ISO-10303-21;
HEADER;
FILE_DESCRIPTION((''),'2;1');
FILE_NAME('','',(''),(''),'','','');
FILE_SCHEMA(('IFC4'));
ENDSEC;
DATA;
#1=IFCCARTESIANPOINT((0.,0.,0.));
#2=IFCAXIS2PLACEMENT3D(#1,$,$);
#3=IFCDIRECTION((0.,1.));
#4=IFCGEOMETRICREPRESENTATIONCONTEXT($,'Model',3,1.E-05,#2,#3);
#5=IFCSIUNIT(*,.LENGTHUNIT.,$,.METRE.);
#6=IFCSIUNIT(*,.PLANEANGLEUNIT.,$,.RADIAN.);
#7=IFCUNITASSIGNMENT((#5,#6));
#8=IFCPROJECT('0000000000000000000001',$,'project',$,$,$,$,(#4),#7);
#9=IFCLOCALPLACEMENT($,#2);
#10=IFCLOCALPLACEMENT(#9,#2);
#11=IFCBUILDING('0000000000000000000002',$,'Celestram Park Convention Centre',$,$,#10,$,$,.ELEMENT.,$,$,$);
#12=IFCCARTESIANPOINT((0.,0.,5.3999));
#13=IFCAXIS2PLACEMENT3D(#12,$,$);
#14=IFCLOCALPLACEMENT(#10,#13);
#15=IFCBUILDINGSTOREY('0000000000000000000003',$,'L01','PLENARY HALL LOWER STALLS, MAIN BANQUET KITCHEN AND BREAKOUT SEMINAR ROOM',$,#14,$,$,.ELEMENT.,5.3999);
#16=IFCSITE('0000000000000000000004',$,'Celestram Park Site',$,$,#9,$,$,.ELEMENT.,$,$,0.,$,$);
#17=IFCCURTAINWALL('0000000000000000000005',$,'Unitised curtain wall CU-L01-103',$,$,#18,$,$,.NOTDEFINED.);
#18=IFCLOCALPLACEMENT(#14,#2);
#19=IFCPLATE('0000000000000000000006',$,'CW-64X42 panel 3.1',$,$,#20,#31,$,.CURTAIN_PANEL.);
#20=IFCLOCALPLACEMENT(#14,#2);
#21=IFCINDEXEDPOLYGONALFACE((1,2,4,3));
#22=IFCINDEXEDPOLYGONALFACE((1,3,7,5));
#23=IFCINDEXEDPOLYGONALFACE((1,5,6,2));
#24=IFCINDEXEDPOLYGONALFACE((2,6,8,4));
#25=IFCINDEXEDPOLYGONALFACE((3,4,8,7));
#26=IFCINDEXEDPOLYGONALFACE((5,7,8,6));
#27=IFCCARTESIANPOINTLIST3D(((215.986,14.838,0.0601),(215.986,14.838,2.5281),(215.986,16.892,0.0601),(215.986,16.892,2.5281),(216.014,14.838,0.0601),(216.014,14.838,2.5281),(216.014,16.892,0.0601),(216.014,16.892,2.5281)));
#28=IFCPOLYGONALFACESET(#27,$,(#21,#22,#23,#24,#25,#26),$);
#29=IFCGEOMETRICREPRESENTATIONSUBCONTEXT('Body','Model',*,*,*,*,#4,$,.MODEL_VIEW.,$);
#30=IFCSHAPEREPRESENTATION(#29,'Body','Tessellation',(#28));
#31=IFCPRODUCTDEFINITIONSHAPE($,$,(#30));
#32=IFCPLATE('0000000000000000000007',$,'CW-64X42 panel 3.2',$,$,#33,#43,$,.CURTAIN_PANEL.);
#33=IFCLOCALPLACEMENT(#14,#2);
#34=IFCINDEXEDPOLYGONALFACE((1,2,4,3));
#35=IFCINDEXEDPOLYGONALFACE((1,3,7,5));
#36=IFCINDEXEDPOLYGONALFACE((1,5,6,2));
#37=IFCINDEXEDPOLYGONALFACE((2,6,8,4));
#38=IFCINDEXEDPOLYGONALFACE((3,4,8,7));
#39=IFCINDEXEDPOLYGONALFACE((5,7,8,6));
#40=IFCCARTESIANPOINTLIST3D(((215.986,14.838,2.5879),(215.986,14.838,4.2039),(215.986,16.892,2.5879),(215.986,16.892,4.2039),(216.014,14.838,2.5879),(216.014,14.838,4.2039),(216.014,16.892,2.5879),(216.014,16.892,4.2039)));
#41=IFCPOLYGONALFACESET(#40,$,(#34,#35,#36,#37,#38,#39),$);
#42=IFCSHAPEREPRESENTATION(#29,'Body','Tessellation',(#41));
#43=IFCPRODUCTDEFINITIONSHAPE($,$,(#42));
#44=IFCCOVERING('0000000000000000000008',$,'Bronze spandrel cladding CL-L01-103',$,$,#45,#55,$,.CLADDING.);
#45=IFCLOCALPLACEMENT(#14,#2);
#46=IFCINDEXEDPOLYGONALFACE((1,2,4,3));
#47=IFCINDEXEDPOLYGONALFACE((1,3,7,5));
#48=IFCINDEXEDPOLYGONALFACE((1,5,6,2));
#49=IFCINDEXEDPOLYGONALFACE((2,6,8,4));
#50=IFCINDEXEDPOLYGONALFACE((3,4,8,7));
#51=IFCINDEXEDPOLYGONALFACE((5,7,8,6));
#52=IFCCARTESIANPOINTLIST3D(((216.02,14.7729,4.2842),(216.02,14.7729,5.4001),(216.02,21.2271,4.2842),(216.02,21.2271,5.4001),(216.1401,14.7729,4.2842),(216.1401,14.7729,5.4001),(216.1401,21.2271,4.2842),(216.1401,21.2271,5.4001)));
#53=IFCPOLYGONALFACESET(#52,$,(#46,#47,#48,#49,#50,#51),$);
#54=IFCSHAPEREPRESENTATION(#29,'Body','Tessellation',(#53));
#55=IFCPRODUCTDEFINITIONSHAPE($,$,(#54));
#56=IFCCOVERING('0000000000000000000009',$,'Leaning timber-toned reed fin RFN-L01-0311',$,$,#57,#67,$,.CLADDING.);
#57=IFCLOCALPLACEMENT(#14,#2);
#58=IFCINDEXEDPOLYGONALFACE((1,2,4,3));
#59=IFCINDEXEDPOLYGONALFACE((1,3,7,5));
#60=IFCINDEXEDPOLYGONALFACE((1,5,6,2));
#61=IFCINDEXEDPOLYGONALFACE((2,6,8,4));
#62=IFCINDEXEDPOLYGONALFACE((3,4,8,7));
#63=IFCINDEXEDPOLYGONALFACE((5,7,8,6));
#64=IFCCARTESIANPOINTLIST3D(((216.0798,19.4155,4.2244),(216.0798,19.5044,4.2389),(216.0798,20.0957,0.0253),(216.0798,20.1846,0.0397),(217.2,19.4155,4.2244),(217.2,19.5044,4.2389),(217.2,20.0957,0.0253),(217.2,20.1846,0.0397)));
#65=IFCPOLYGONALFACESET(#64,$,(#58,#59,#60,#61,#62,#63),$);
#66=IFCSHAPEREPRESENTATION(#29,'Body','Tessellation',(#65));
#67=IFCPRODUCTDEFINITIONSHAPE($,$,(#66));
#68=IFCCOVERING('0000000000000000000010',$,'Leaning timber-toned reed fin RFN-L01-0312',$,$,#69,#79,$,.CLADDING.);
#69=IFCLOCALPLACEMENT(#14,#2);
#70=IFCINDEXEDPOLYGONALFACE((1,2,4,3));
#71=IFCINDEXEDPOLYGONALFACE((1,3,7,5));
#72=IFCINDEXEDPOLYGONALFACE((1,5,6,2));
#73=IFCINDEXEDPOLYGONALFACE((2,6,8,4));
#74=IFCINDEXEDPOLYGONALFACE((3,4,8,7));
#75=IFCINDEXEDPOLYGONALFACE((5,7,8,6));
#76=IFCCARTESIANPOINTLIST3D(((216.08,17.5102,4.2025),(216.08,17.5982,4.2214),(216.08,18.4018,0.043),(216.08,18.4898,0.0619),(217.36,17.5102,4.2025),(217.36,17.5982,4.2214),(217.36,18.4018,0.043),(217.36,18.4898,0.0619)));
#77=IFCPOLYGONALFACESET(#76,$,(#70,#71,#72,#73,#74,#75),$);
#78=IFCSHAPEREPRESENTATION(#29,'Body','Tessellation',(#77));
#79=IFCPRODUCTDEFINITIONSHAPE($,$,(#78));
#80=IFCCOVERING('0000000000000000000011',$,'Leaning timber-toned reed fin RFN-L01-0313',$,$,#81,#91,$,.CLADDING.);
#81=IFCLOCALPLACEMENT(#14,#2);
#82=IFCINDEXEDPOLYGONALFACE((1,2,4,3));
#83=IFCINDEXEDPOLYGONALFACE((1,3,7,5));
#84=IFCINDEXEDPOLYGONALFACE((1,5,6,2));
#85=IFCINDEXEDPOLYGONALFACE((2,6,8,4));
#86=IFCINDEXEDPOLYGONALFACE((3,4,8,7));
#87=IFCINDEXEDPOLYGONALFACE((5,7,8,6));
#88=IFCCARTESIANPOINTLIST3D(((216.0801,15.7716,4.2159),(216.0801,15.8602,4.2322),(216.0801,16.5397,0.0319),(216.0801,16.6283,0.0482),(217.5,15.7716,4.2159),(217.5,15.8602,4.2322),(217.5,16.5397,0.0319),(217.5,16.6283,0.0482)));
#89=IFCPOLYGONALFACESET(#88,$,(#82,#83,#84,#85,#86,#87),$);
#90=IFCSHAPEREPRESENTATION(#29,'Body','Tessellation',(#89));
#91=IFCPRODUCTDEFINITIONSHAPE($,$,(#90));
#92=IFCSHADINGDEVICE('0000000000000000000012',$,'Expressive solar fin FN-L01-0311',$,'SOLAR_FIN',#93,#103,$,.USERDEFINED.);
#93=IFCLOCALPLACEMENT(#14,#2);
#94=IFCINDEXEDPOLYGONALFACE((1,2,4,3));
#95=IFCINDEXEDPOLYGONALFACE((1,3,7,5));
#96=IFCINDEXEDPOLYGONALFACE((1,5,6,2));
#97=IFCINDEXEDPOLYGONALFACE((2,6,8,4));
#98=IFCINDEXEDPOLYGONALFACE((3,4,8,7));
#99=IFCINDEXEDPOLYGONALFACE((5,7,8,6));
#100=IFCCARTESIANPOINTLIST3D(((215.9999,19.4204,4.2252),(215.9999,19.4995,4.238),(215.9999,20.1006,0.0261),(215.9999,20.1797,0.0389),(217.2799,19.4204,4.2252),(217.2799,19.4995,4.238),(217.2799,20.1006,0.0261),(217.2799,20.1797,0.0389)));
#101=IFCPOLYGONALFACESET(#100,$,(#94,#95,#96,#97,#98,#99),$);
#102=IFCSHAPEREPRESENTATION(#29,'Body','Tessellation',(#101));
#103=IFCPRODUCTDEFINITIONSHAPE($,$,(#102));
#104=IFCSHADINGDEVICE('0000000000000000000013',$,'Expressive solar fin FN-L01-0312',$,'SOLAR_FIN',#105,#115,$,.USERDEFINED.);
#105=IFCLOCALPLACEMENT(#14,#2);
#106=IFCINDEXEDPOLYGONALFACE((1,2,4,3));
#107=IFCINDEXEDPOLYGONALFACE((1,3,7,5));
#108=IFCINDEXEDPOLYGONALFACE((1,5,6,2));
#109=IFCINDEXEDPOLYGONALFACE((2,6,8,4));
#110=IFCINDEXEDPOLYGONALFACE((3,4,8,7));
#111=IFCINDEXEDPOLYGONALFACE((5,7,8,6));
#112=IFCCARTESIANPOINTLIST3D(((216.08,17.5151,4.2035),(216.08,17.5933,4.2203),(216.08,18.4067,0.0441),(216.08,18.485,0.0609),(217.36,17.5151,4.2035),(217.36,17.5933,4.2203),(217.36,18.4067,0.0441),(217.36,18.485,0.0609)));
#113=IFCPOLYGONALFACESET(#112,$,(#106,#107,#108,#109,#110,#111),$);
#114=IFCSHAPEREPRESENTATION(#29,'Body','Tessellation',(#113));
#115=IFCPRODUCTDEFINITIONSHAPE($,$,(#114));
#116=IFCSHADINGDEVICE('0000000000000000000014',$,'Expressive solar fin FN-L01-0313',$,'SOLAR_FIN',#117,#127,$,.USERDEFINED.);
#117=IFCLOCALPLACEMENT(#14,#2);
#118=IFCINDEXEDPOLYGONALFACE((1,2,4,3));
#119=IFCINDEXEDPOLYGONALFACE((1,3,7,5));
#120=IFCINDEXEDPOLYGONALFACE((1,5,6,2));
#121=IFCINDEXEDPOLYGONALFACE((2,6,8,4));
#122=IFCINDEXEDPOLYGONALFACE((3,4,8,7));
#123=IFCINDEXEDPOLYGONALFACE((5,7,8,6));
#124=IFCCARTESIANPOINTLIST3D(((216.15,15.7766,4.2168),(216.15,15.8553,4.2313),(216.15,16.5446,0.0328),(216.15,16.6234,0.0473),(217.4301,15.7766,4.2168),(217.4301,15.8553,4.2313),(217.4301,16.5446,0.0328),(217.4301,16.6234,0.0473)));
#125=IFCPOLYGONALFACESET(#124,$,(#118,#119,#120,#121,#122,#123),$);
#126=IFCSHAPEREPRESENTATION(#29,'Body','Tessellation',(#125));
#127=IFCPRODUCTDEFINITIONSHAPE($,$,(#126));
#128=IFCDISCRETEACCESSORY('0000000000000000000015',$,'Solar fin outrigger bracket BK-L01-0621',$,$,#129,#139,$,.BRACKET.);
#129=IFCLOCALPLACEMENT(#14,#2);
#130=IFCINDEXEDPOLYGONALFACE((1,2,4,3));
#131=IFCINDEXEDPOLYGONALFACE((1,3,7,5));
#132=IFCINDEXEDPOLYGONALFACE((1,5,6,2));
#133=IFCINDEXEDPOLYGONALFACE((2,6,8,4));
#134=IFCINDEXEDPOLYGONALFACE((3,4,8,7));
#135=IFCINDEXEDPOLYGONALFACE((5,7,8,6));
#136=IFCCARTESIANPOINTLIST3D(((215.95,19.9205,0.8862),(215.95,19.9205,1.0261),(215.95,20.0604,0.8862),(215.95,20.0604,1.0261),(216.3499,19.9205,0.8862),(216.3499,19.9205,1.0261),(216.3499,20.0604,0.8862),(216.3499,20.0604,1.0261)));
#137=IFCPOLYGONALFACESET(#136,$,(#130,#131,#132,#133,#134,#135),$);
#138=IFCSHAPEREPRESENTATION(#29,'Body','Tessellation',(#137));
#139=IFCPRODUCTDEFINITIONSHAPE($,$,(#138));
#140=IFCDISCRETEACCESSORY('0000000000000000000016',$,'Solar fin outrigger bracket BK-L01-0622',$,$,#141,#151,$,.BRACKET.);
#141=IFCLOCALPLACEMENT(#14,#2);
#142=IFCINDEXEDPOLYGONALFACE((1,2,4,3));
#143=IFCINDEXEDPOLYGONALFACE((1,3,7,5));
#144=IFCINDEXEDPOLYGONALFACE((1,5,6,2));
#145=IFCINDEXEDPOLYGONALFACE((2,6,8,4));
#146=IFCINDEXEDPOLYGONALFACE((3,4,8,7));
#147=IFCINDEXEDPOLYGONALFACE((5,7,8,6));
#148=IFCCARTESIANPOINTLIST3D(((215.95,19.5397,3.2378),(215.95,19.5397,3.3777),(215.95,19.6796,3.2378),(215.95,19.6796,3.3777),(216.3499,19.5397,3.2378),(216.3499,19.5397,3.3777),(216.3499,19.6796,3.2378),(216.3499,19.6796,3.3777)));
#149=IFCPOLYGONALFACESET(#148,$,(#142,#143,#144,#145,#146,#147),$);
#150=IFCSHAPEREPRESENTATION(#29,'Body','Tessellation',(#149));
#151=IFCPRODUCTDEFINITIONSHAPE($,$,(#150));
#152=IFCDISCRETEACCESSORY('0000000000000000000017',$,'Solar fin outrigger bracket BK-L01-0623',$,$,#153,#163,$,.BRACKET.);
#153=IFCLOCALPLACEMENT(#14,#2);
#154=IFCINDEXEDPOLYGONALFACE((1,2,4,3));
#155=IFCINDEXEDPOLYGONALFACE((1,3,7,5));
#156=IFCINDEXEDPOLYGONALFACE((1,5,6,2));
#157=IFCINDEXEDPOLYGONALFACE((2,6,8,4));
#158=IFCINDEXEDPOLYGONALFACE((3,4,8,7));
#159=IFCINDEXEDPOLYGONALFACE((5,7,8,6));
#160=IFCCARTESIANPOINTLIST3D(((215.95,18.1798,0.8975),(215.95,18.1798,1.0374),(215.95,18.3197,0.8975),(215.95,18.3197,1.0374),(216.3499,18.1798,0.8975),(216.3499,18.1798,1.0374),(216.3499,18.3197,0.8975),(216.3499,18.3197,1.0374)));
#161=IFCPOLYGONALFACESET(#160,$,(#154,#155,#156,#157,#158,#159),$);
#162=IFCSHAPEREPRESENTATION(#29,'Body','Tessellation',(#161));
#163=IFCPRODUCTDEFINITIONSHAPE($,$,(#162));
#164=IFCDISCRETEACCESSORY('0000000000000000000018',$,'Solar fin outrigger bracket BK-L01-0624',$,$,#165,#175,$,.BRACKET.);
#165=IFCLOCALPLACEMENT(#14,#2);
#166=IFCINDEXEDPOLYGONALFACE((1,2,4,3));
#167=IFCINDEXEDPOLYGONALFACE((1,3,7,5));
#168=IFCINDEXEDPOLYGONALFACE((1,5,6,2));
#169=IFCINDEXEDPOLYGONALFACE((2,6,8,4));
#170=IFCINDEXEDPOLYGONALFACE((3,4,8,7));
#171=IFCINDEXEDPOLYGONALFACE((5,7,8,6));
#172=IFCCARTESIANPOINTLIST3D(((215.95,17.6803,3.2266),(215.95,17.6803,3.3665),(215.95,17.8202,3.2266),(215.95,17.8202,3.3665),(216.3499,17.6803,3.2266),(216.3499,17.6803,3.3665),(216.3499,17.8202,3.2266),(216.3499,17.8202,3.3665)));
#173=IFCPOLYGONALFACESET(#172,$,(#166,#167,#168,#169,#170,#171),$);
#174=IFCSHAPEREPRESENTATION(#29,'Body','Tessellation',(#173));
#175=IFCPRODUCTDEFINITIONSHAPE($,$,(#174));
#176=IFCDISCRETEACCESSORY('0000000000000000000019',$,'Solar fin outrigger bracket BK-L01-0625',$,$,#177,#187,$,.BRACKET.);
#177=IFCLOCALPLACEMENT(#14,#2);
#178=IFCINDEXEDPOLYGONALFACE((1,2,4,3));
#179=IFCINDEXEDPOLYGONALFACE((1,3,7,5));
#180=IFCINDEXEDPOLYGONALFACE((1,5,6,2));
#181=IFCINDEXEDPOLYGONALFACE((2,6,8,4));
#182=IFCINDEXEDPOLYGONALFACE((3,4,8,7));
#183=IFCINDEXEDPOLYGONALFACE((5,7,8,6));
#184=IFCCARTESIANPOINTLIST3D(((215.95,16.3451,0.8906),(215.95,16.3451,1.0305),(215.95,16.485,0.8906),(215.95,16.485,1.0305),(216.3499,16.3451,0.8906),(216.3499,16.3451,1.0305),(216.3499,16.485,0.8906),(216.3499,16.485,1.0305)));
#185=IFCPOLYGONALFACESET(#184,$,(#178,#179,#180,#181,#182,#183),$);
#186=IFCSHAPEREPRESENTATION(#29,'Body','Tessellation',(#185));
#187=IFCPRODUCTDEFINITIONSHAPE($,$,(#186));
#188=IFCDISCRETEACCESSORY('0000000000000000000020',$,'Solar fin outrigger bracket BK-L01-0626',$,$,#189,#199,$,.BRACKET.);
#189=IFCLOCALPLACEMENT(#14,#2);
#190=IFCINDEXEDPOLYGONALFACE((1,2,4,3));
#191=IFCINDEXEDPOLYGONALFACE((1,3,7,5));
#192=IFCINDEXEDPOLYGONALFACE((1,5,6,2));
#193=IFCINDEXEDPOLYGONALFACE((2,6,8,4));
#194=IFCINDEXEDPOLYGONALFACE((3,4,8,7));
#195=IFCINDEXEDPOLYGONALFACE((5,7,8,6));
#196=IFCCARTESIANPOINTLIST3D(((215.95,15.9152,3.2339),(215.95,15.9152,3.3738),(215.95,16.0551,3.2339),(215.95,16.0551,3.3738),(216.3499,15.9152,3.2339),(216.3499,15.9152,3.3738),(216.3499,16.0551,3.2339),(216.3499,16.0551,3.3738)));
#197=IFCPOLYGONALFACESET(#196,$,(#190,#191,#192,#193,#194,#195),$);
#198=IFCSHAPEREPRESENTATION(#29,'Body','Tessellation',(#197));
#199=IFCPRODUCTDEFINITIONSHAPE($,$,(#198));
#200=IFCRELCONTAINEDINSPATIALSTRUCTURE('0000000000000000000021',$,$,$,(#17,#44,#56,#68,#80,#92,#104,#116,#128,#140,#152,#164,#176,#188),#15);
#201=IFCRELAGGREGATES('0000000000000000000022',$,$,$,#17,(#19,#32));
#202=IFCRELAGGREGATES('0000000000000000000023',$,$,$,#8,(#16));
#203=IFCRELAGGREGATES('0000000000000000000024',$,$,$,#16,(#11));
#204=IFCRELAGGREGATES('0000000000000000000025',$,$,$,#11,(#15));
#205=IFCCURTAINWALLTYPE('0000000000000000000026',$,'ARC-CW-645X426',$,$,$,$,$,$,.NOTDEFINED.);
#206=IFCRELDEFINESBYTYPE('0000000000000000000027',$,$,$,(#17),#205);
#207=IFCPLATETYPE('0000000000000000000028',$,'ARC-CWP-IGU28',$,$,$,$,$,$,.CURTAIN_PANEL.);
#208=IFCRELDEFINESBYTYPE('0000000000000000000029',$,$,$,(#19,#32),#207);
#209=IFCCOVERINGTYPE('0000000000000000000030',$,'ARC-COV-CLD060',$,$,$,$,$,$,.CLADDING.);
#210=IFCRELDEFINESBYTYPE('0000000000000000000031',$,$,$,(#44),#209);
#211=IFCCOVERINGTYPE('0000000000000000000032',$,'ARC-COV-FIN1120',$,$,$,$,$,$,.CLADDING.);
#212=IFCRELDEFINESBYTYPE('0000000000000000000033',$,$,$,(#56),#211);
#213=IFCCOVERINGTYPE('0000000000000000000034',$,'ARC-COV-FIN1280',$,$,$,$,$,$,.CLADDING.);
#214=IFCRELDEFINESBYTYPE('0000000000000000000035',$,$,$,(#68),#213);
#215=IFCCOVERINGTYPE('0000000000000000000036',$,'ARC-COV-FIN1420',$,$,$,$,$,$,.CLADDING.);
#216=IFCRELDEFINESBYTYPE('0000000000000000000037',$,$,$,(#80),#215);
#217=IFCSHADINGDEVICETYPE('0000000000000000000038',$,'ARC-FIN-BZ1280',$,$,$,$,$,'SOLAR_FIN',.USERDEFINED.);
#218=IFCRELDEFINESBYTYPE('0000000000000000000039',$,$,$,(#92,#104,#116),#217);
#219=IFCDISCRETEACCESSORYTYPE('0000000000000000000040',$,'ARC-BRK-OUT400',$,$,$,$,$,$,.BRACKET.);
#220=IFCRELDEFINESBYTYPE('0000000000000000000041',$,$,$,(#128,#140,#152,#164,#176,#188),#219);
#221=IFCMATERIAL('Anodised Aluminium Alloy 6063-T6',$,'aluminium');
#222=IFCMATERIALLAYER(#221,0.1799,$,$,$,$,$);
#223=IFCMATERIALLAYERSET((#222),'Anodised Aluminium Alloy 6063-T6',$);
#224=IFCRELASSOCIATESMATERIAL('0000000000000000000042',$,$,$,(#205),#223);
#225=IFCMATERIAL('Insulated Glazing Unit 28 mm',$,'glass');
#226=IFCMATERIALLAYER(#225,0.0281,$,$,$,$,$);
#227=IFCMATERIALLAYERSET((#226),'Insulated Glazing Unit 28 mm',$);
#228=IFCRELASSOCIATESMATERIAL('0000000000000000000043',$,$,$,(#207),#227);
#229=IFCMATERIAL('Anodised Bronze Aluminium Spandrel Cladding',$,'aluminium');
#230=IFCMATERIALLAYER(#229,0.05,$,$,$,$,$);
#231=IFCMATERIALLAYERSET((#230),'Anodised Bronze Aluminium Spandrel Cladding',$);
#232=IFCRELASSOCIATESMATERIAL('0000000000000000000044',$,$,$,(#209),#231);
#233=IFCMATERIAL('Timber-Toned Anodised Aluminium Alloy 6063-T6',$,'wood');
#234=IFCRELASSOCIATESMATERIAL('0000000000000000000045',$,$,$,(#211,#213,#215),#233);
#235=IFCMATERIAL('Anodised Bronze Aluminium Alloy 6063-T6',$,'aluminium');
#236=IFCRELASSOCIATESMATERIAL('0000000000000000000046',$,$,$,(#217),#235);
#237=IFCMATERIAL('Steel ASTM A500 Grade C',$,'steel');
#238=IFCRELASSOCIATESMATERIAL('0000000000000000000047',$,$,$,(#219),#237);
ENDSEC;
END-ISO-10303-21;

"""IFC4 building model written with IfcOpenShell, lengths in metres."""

from ifc_helpers import new_model, si_unit, direction, frame, origin, origin_2d, place, context, subcontext, project, spatial, rectangle, extrude, material, layer, layer_set, material_profile, profile_set, type_object, element, aggregate, save


model = new_model("IFC4")

# Units and contexts
model_context = context("Model", 3, precision=1e-05, world=origin(), true_north=direction((0.0, 1.0)))
body_context = subcontext(model_context, "Body", "Model", "MODEL_VIEW")
ifc_project = project(units=[si_unit("LENGTHUNIT", "METRE"), si_unit("PLANEANGLEUNIT", "RADIAN")], contexts=[model_context])

# Site, building, storey
site_placement = place(None, origin())
site = spatial("IfcSite", under=ifc_project, at=site_placement, Name="Celestram Park Site", CompositionType="ELEMENT", RefElevation=0.0)
building_placement = place(site_placement, origin())
building = spatial("IfcBuilding", under=site, at=building_placement, Name="Celestram Park Convention Centre", CompositionType="ELEMENT")
storey_placement = place(building_placement, frame((0.0, 0.0, 5.3999)))
storey = spatial("IfcBuildingStorey", under=building, at=storey_placement, Name="L01", Description="PLENARY HALL LOWER STALLS, MAIN BANQUET KITCHEN AND BREAKOUT SEMINAR ROOM", CompositionType="ELEMENT", Elevation=5.3999)

# Curtain wall
ifc_material_1 = material(Name="Anodised Aluminium Alloy 6063-T6", Category="aluminium")
ifc_layer_1 = layer(ifc_material_1, 0.1799)
ifc_layer_set_1 = layer_set([ifc_layer_1], Name="Anodised Aluminium Alloy 6063-T6")
curtain_wall_type = type_object("IfcCurtainWallType", Name="ARC-CW-645X426", PredefinedType="NOTDEFINED", material=ifc_layer_set_1)
curtain_wall_1_placement = place(storey_placement, origin())
curtain_wall_1 = element("IfcCurtainWall", 1, at=curtain_wall_1_placement, inside=storey, type_object=curtain_wall_type, Name="Unitised curtain wall CU-L01-103", PredefinedType="NOTDEFINED")

# Shared definitions
ifc_material_2 = material(Name="Steel ASTM A500 Grade C", Category="steel")

# Plates
ifc_material_3 = material(Name="Insulated Glazing Unit 28 mm", Category="glass")
ifc_layer_2 = layer(ifc_material_3, 0.0281)
ifc_layer_set_2 = layer_set([ifc_layer_2], Name="Insulated Glazing Unit 28 mm")
plate_type = type_object("IfcPlateType", Name="ARC-CWP-IGU28", PredefinedType="CURTAIN_PANEL", material=ifc_layer_set_2)
plate_1_placement = place(storey_placement, frame((216.0, 15.865, 0.0601), z_axis=(0.0, 0.0, 1.0), x_axis=(0.0, -1.0, 0.0)))
plate_1 = element("IfcPlate", 2, at=plate_1_placement, type_object=plate_type, Name="CW-64X42 panel 3.1", PredefinedType="CURTAIN_PANEL", context=body_context, shape_type="SweptSolid", body=[
    extrude(rectangle(XDim=2.054, YDim=0.0281, at=origin_2d()), origin(), (0.0, 0.0, 1.0), 2.468),
])
plate_2_placement = place(storey_placement, frame((216.0, 15.865, 2.5879), z_axis=(0.0, 0.0, 1.0), x_axis=(0.0, -1.0, 0.0)))
plate_2 = element("IfcPlate", 3, at=plate_2_placement, type_object=plate_type, Name="CW-64X42 panel 3.2", PredefinedType="CURTAIN_PANEL", context=body_context, shape_type="SweptSolid", body=[
    extrude(rectangle(XDim=2.054, YDim=0.0281, at=origin_2d()), origin(), (0.0, 0.0, 1.0), 1.616),
])
aggregate(curtain_wall_1, [plate_1, plate_2])

# Coverings
ifc_material_4 = material(Name="Anodised Bronze Aluminium Spandrel Cladding", Category="aluminium")
ifc_layer_3 = layer(ifc_material_4, 0.05)
ifc_layer_set_3 = layer_set([ifc_layer_3], Name="Anodised Bronze Aluminium Spandrel Cladding")
covering_type_1 = type_object("IfcCoveringType", Name="ARC-COV-CLD060", PredefinedType="CLADDING", material=ifc_layer_set_3)
covering_1_placement = place(storey_placement, frame((216.0801, 18.0, 4.2842), z_axis=(0.0, 0.0, 1.0), x_axis=(0.0, -1.0, 0.0)))
element("IfcCovering", 4, at=covering_1_placement, inside=storey, type_object=covering_type_1, Name="Bronze spandrel cladding CL-L01-103", PredefinedType="CLADDING", context=body_context, shape_type="SweptSolid", body=[
    extrude(rectangle(XDim=6.4541, YDim=0.1201, at=origin_2d()), origin(), (0.0, 0.0, 1.0), 1.116),
])
ifc_material_5 = material(Name="Timber-Toned Anodised Aluminium Alloy 6063-T6", Category="wood")
ifc_material_profile_1 = material_profile(ifc_material_5, rectangle(XDim=1.1201, YDim=0.0901, at=origin_2d()), Name="REED1120X90")
ifc_profile_set_1 = profile_set([ifc_material_profile_1], Name="Timber-Toned Anodised Aluminium Alloy 6063-T6")
covering_type_2 = type_object("IfcCoveringType", Name="ARC-COV-FIN1120", PredefinedType="CLADDING", material=ifc_profile_set_1)
covering_2_placement = place(storey_placement, frame((216.6399, 20.1401, 0.0325), z_axis=(0.0, -0.159893, 0.987134), x_axis=(1.0, 0.0, 0.0)))
element("IfcCovering", 5, at=covering_2_placement, inside=storey, type_object=covering_type_2, Name="Leaning timber-toned reed fin RFN-L01-0311", PredefinedType="CLADDING", context=body_context, shape_type="SweptSolid", body=[
    extrude(rectangle(XDim=1.1201, YDim=0.0901, at=origin_2d()), origin(), (0.0, 0.0, 1.0), 4.2539),
])
ifc_material_profile_2 = material_profile(ifc_material_5, rectangle(XDim=1.28, YDim=0.0901, at=origin_2d()), Name="REED1280X90")
ifc_profile_set_2 = profile_set([ifc_material_profile_2], Name="Timber-Toned Anodised Aluminium Alloy 6063-T6")
covering_type_3 = type_object("IfcCoveringType", Name="ARC-COV-FIN1280", PredefinedType="CLADDING", material=ifc_profile_set_2)
covering_3_placement = place(storey_placement, frame((216.72, 18.4458, 0.0525), z_axis=(0.0, -0.209596, 0.977788), x_axis=(1.0, 0.0, 0.0)))
element("IfcCovering", 6, at=covering_3_placement, inside=storey, type_object=covering_type_3, Name="Leaning timber-toned reed fin RFN-L01-0312", PredefinedType="CLADDING", context=body_context, shape_type="SweptSolid", body=[
    extrude(rectangle(XDim=1.28, YDim=0.0901, at=origin_2d()), origin(), (0.0, 0.0, 1.0), 4.2539),
])
ifc_material_profile_3 = material_profile(ifc_material_5, rectangle(XDim=1.4199, YDim=0.0901, at=origin_2d()), Name="REED1420X90")
ifc_profile_set_3 = profile_set([ifc_material_profile_3], Name="Timber-Toned Anodised Aluminium Alloy 6063-T6")
covering_type_4 = type_object("IfcCoveringType", Name="ARC-COV-FIN1420", PredefinedType="CLADDING", material=ifc_profile_set_3)
covering_4_placement = place(storey_placement, frame((216.79, 16.584, 0.04), z_axis=(0.0, -0.180552, 0.983565), x_axis=(1.0, 0.0, 0.0)))
element("IfcCovering", 7, at=covering_4_placement, inside=storey, type_object=covering_type_4, Name="Leaning timber-toned reed fin RFN-L01-0313", PredefinedType="CLADDING", context=body_context, shape_type="SweptSolid", body=[
    extrude(rectangle(XDim=1.4199, YDim=0.0901, at=origin_2d()), origin(), (0.0, 0.0, 1.0), 4.2539),
])

# Shading devices
ifc_material_6 = material(Name="Anodised Bronze Aluminium Alloy 6063-T6", Category="aluminium")
ifc_material_profile_4 = material_profile(ifc_material_6, rectangle(XDim=1.28, YDim=0.0801, at=origin_2d()), Name="FIN1280X80")
ifc_profile_set_4 = profile_set([ifc_material_profile_4], Name="Anodised Bronze Aluminium Alloy 6063-T6")
shading_device_type = type_object("IfcShadingDeviceType", Name="ARC-FIN-BZ1280", ElementType="SOLAR_FIN", PredefinedType="USERDEFINED", material=ifc_profile_set_4)
for number, where, z_axis, x_axis, name in (
    (8, (216.6399, 20.1401, 0.0325), (0.0, -0.159893, 0.987134), (1.0, 0.0, 0.0), "Expressive solar fin FN-L01-0311"),
    (9, (216.72, 18.4458, 0.0525), (0.0, -0.209596, 0.977788), (1.0, 0.0, 0.0), "Expressive solar fin FN-L01-0312"),
    (10, (216.79, 16.584, 0.04), (0.0, -0.180552, 0.983565), (1.0, 0.0, 0.0), "Expressive solar fin FN-L01-0313"),
):
    element("IfcShadingDevice", number, at=place(storey_placement, frame(where, z_axis=z_axis, x_axis=x_axis)), inside=storey, type_object=shading_device_type, Name=name, ObjectType="SOLAR_FIN", PredefinedType="USERDEFINED", context=body_context, shape_type="SweptSolid", body=[
        extrude(rectangle(XDim=1.28, YDim=0.0801, at=origin_2d()), origin(), (0.0, 0.0, 1.0), 4.2539),
    ])

# Discrete accessories
discrete_accessory_type = type_object("IfcDiscreteAccessoryType", Name="ARC-BRK-OUT400", PredefinedType="BRACKET", material=ifc_material_2)
for number, where, z_axis, x_axis, name in (
    (11, (216.1499, 19.9905, 0.8862), (0.0, 0.0, 1.0), (1.0, 0.0, 0.0), "Solar fin outrigger bracket BK-L01-0621"),
    (12, (216.1499, 19.6096, 3.2378), (0.0, 0.0, 1.0), (1.0, 0.0, 0.0), "Solar fin outrigger bracket BK-L01-0622"),
    (13, (216.1499, 18.2498, 0.8975), (0.0, 0.0, 1.0), (1.0, 0.0, 0.0), "Solar fin outrigger bracket BK-L01-0623"),
    (14, (216.1499, 17.7502, 3.2266), (0.0, 0.0, 1.0), (1.0, 0.0, 0.0), "Solar fin outrigger bracket BK-L01-0624"),
    (15, (216.1499, 16.415, 0.8906), (0.0, 0.0, 1.0), (1.0, 0.0, 0.0), "Solar fin outrigger bracket BK-L01-0625"),
    (16, (216.1499, 15.9851, 3.2339), (0.0, 0.0, 1.0), (1.0, 0.0, 0.0), "Solar fin outrigger bracket BK-L01-0626"),
):
    element("IfcDiscreteAccessory", number, at=place(storey_placement, frame(where, z_axis=z_axis, x_axis=x_axis)), inside=storey, type_object=discrete_accessory_type, Name=name, PredefinedType="BRACKET", context=body_context, shape_type="SweptSolid", body=[
        extrude(rectangle(XDim=0.3999, YDim=0.1399, at=origin_2d()), origin(), (0.0, 0.0, 1.0), 0.1399),
    ])

save(model, "model.ifc")
